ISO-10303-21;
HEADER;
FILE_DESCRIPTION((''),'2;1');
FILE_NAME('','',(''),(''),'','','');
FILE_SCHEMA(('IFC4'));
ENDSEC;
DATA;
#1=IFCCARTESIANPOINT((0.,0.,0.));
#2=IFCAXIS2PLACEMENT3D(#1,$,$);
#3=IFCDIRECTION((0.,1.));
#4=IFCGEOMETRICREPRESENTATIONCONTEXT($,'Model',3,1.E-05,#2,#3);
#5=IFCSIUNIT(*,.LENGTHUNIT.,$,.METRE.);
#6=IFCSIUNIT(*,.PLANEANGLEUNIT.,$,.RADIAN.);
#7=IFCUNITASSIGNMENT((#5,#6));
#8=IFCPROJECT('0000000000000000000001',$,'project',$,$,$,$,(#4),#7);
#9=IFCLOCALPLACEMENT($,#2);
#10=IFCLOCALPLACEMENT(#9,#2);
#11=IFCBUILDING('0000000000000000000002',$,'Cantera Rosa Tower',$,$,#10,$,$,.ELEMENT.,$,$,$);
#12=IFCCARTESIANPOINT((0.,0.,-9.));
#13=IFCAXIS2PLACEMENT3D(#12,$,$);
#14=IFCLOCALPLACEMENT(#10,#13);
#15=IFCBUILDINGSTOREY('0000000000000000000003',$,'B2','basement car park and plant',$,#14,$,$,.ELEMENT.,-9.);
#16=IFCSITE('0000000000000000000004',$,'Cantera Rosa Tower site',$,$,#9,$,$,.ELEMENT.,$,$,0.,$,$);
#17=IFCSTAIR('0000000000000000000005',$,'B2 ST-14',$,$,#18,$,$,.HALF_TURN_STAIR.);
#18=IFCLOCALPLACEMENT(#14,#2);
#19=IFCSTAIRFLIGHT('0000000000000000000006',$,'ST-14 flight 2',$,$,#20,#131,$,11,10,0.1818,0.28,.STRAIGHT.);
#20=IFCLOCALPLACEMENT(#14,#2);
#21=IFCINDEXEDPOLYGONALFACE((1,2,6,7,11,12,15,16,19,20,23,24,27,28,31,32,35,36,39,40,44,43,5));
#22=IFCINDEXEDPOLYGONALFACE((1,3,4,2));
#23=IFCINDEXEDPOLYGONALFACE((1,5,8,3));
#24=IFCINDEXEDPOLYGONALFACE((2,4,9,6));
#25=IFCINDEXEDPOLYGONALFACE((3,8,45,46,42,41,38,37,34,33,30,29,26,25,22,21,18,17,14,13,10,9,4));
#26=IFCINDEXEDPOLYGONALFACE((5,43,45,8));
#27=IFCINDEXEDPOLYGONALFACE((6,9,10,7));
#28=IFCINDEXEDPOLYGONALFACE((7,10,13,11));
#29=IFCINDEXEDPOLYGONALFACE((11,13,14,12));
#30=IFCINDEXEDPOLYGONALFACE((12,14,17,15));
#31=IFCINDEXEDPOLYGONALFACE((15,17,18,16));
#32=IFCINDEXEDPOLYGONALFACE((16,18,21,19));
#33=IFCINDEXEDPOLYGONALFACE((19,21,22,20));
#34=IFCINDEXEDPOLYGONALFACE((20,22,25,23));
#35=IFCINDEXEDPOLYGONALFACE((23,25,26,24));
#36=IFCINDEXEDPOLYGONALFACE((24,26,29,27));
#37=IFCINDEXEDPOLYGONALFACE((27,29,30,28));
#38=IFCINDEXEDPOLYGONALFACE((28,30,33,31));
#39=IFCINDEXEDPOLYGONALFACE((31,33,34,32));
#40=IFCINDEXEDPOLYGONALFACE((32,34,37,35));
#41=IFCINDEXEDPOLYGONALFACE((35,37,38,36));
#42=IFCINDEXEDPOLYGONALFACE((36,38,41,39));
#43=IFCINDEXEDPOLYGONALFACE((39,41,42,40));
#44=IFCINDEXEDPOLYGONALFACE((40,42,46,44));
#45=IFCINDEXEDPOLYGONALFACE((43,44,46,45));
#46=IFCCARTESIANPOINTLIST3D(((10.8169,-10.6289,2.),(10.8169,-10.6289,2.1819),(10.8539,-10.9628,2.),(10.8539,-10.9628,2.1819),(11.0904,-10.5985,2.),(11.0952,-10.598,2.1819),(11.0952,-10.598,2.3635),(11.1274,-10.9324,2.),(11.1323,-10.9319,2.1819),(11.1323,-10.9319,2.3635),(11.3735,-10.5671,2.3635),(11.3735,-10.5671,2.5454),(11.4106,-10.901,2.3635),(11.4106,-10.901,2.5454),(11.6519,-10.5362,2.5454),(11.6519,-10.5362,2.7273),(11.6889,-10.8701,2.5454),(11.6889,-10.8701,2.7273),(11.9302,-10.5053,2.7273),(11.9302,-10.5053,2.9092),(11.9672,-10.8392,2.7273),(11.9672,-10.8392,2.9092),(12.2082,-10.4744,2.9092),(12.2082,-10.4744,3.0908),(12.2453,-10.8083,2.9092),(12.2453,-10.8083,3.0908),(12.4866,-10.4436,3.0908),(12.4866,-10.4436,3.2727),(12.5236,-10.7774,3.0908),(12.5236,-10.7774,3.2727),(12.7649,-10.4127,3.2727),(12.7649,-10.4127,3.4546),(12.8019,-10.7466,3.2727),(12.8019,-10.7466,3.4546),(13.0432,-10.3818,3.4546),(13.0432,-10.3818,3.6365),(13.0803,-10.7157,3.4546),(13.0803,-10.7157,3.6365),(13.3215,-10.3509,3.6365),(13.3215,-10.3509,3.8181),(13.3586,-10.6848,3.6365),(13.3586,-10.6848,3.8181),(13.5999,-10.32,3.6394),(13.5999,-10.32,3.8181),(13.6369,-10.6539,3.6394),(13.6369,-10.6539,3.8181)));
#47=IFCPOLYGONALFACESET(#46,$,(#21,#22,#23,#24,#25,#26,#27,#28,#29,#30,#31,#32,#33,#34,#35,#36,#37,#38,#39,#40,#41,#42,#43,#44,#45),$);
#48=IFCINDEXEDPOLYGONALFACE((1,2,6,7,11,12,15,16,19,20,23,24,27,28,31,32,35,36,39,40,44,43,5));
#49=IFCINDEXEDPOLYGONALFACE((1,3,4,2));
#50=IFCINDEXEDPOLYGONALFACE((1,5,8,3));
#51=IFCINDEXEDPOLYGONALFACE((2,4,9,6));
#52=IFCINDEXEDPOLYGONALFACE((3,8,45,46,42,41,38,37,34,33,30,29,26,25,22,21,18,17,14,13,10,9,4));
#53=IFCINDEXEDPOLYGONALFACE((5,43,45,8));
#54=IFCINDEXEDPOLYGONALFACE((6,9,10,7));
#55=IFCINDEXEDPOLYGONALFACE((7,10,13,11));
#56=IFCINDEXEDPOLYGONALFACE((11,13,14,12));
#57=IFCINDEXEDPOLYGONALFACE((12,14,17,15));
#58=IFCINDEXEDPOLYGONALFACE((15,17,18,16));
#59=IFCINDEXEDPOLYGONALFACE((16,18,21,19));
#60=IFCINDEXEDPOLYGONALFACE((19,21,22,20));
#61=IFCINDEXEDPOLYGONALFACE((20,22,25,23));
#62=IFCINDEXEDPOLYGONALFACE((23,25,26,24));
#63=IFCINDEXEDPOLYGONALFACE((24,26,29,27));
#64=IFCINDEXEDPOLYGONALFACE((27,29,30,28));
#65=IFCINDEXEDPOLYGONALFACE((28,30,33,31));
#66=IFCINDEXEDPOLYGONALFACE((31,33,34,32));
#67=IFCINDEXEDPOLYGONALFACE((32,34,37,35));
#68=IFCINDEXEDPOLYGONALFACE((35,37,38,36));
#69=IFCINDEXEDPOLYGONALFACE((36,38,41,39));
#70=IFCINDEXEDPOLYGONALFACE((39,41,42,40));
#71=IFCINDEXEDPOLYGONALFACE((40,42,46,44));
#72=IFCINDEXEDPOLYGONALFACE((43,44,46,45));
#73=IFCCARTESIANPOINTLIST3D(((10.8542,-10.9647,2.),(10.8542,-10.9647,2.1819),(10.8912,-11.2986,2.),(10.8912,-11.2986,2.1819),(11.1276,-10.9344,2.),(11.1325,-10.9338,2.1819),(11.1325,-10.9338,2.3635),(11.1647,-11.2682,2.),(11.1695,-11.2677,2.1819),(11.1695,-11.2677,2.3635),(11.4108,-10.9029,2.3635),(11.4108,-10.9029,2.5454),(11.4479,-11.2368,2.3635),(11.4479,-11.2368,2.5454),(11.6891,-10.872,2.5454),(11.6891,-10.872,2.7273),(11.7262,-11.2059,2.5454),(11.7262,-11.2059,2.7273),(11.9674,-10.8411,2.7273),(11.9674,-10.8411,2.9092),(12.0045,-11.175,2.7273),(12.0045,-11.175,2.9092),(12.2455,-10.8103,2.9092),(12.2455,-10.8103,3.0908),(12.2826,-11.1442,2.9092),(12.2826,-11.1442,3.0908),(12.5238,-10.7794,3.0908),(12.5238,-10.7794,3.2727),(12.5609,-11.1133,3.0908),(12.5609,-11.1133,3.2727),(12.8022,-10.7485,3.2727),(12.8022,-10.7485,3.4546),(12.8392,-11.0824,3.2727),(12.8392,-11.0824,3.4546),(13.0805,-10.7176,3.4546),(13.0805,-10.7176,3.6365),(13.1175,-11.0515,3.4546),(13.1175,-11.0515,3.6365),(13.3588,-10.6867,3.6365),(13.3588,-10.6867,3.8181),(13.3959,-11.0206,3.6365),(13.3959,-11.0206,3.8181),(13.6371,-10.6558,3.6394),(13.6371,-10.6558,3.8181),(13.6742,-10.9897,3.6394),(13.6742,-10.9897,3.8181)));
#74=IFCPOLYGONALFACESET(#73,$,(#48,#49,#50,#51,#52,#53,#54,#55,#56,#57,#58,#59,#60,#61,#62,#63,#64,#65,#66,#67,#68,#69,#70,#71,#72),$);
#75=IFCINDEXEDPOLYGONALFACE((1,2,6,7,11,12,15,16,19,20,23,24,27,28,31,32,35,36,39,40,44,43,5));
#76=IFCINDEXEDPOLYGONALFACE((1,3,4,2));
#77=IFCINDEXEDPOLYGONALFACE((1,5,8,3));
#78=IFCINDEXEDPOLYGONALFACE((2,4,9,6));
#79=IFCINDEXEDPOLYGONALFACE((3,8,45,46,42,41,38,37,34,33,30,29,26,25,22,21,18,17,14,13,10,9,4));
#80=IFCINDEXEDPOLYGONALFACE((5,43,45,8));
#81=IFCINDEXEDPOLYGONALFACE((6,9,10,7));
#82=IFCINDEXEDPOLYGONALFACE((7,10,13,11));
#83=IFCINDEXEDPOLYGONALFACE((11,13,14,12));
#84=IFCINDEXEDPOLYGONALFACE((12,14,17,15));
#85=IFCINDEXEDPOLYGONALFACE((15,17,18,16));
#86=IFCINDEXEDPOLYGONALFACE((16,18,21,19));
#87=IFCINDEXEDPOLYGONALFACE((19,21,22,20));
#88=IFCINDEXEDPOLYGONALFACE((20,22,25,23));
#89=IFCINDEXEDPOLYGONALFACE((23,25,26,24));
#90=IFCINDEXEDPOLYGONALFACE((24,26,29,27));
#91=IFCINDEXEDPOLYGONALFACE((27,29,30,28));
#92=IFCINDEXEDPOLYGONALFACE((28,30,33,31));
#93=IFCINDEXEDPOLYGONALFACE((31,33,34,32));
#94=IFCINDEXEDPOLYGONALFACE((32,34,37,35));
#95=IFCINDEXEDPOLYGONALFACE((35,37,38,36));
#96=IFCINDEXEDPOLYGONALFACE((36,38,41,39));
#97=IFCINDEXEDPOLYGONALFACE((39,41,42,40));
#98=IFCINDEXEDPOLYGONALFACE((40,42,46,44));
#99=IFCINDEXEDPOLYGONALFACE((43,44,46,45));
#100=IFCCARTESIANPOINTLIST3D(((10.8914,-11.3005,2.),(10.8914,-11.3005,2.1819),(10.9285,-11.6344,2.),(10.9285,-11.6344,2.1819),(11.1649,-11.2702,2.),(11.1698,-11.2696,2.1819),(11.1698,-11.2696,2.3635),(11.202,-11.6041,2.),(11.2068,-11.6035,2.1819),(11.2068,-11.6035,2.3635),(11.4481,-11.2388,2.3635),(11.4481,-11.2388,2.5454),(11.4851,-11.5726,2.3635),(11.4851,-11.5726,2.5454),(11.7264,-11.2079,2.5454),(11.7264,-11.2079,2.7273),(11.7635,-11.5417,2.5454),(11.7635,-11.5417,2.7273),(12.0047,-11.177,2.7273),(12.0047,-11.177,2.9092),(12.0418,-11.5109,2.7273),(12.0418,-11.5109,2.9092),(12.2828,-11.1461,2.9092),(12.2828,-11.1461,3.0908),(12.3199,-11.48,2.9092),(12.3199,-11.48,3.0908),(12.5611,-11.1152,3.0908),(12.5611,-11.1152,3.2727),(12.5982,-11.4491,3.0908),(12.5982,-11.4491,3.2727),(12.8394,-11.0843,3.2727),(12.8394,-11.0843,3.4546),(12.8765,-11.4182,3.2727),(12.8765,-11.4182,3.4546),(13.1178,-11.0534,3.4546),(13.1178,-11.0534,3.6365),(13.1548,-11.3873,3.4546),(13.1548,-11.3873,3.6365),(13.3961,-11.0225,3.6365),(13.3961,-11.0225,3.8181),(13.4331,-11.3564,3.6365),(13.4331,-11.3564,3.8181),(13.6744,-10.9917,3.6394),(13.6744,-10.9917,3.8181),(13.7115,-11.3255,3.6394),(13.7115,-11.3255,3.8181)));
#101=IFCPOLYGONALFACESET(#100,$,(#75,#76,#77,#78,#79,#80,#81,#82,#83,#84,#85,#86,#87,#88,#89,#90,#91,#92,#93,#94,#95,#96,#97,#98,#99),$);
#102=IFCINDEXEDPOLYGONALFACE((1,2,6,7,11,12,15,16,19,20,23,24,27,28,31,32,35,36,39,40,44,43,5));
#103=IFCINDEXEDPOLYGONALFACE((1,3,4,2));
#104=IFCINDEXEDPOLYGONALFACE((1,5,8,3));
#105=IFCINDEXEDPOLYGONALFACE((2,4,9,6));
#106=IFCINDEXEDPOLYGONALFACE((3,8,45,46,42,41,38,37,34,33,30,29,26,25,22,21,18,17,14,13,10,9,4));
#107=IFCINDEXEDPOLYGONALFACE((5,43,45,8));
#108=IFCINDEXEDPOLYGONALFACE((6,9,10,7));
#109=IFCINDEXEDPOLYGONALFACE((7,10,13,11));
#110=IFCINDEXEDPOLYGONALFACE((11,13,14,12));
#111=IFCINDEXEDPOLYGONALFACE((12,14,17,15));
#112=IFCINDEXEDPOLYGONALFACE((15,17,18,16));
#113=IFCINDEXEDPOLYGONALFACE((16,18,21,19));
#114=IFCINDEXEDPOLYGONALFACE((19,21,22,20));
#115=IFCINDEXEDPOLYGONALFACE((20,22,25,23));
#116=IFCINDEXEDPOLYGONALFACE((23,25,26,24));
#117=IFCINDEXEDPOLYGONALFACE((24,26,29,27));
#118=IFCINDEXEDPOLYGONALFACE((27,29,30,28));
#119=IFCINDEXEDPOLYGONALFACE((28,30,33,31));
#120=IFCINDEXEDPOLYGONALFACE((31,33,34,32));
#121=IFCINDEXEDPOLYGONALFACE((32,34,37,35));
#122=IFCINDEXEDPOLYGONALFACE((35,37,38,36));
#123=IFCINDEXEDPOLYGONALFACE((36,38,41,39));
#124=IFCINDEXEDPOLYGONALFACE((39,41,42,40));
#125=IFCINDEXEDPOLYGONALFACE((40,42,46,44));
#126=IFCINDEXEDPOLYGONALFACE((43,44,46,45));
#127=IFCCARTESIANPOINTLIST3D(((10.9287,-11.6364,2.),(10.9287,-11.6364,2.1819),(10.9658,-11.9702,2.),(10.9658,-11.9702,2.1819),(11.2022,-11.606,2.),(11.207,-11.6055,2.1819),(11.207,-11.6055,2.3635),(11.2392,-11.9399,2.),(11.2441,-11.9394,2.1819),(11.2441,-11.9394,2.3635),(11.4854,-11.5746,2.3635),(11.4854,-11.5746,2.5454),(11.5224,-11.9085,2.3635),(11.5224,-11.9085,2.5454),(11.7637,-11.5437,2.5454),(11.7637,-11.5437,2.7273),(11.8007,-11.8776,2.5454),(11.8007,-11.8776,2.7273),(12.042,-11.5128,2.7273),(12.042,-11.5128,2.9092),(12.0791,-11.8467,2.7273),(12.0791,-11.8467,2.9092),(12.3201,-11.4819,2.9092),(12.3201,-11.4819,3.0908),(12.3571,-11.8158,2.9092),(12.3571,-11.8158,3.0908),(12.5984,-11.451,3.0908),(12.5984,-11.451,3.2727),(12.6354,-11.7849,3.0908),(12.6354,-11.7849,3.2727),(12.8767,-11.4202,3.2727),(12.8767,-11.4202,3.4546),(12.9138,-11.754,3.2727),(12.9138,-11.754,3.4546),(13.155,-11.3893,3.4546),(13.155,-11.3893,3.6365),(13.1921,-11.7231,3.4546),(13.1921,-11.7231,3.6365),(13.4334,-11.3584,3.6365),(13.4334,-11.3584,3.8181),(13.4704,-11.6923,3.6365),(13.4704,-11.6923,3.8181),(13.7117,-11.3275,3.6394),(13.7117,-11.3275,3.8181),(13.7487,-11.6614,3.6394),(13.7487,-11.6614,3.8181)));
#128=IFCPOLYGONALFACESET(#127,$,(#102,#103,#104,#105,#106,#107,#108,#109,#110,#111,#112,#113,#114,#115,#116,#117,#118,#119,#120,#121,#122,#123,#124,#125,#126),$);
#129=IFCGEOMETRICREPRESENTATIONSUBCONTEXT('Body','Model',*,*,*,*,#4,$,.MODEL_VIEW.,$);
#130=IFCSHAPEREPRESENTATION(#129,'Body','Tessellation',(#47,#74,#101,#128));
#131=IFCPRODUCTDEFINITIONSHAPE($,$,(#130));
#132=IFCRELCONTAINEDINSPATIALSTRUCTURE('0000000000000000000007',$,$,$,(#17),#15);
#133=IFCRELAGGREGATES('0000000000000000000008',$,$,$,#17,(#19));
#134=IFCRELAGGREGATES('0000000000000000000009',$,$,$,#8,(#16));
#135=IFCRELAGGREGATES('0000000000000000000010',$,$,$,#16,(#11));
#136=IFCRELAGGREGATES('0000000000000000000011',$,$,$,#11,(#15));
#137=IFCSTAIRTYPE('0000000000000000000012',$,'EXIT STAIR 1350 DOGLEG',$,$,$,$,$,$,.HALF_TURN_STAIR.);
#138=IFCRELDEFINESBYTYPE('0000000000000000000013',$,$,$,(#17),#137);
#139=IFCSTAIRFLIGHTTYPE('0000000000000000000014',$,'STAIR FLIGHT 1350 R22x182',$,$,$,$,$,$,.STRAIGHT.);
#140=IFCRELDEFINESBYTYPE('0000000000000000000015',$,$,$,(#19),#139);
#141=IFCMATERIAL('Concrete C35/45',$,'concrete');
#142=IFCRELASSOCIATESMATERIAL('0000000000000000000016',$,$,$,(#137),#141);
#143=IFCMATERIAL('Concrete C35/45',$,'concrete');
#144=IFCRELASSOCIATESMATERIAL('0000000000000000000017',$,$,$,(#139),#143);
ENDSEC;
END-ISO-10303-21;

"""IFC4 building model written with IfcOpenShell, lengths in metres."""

from ifc_helpers import new_model, si_unit, direction, frame, origin, place, context, subcontext, project, spatial, polyline, outline, extrude, material, type_object, element, aggregate, save


model = new_model("IFC4")

# Units and contexts
model_context = context("Model", 3, precision=1e-05, world=origin(), true_north=direction((0.0, 1.0)))
body_context = subcontext(model_context, "Body", "Model", "MODEL_VIEW")
ifc_project = project(units=[si_unit("LENGTHUNIT", "METRE"), si_unit("PLANEANGLEUNIT", "RADIAN")], contexts=[model_context])

# Site, building, storey
site_placement = place(None, origin())
site = spatial("IfcSite", under=ifc_project, at=site_placement, Name="Cantera Rosa Tower site", CompositionType="ELEMENT", RefElevation=0.0)
building_placement = place(site_placement, origin())
building = spatial("IfcBuilding", under=site, at=building_placement, Name="Cantera Rosa Tower", CompositionType="ELEMENT")
storey_placement = place(building_placement, frame((0.0, 0.0, -9.0)))
storey = spatial("IfcBuildingStorey", under=building, at=storey_placement, Name="B2", Description="basement car park and plant", CompositionType="ELEMENT", Elevation=-9.0)

# Stair, stair flight
ifc_material_1 = material(Name="Concrete C35/45", Category="concrete")
stair_type = type_object("IfcStairType", Name="EXIT STAIR 1350 DOGLEG", PredefinedType="HALF_TURN_STAIR", material=ifc_material_1)
stair_placement = place(storey_placement, origin())
stair = element("IfcStair", 1, at=stair_placement, inside=storey, type_object=stair_type, Name="B2 ST-14", PredefinedType="HALF_TURN_STAIR")
ifc_material_2 = material(Name="Concrete C35/45", Category="concrete")
stair_flight_type = type_object("IfcStairFlightType", Name="STAIR FLIGHT 1350 R22x182", PredefinedType="STRAIGHT", material=ifc_material_2)
stair_flight_1_placement = place(storey_placement, frame((10.8914, -11.2998, 2.0), z_axis=(0.0, 0.0, 1.0), x_axis=(0.993897, 0.110313, 0.0)))
stair_flight_1 = element("IfcStairFlight", 2, at=stair_flight_1_placement, type_object=stair_flight_type, Name="ST-14 flight 2", NumberOfRisers=11, NumberOfTreads=10, PredefinedType="STRAIGHT", RiserHeight=0.1818, TreadLength=0.28, context=body_context, shape_type="SweptSolid", body=[
    extrude(outline(polyline([(0.0, 0.0), (0.0, 0.1819), (0.28, 0.1819), (0.28, 0.3635), (0.5601, 0.3635), (0.5601, 0.5454), (0.8401, 0.5454), (0.8401, 0.7273), (1.1201, 0.7273), (1.1201, 0.9092), (1.3999, 0.9092), (1.3999, 1.0908), (1.6799, 1.0908), (1.6799, 1.2727), (1.96, 1.2727), (1.96, 1.4546), (2.24, 1.4546), (2.24, 1.6365), (2.52, 1.6365), (2.52, 1.8181), (2.8, 1.8181), (2.8, 2.0), (2.8, 1.6394), (0.2751, 0.0), (0.0, 0.0)])), frame((0.0, 0.675, 0.0), z_axis=(0.0, -1.0, 0.0), x_axis=(1.0, 0.0, 0.0)), (0.0, 0.0, 1.0), 0.3359),
    extrude(outline(polyline([(0.0, 0.0), (0.0, 0.1819), (0.28, 0.1819), (0.28, 0.3635), (0.5601, 0.3635), (0.5601, 0.5454), (0.8401, 0.5454), (0.8401, 0.7273), (1.1201, 0.7273), (1.1201, 0.9092), (1.3999, 0.9092), (1.3999, 1.0908), (1.6799, 1.0908), (1.6799, 1.2727), (1.96, 1.2727), (1.96, 1.4546), (2.24, 1.4546), (2.24, 1.6365), (2.52, 1.6365), (2.52, 1.8181), (2.8, 1.8181), (2.8, 2.0), (2.8, 1.6394), (0.2751, 0.0), (0.0, 0.0)])), frame((0.0, 0.3372, 0.0), z_axis=(0.0, -1.0, 0.0), x_axis=(1.0, 0.0, 0.0)), (0.0, 0.0, 1.0), 0.3359),
    extrude(outline(polyline([(0.0, 0.0), (0.0, 0.1819), (0.28, 0.1819), (0.28, 0.3635), (0.5601, 0.3635), (0.5601, 0.5454), (0.8401, 0.5454), (0.8401, 0.7273), (1.1201, 0.7273), (1.1201, 0.9092), (1.3999, 0.9092), (1.3999, 1.0908), (1.6799, 1.0908), (1.6799, 1.2727), (1.96, 1.2727), (1.96, 1.4546), (2.24, 1.4546), (2.24, 1.6365), (2.52, 1.6365), (2.52, 1.8181), (2.8, 1.8181), (2.8, 2.0), (2.8, 1.6394), (0.2751, 0.0), (0.0, 0.0)])), frame((0.0, -0.0007, 0.0), z_axis=(0.0, -1.0, 0.0), x_axis=(1.0, 0.0, 0.0)), (0.0, 0.0, 1.0), 0.3359),
    extrude(outline(polyline([(0.0, 0.0), (0.0, 0.1819), (0.28, 0.1819), (0.28, 0.3635), (0.5601, 0.3635), (0.5601, 0.5454), (0.8401, 0.5454), (0.8401, 0.7273), (1.1201, 0.7273), (1.1201, 0.9092), (1.3999, 0.9092), (1.3999, 1.0908), (1.6799, 1.0908), (1.6799, 1.2727), (1.96, 1.2727), (1.96, 1.4546), (2.24, 1.4546), (2.24, 1.6365), (2.52, 1.6365), (2.52, 1.8181), (2.8, 1.8181), (2.8, 2.0), (2.8, 1.6394), (0.2751, 0.0), (0.0, 0.0)])), frame((0.0, -0.3386, 0.0), z_axis=(0.0, -1.0, 0.0), x_axis=(1.0, 0.0, 0.0)), (0.0, 0.0, 1.0), 0.3359),
])
aggregate(stair, [stair_flight_1])

save(model, "model.ifc")
